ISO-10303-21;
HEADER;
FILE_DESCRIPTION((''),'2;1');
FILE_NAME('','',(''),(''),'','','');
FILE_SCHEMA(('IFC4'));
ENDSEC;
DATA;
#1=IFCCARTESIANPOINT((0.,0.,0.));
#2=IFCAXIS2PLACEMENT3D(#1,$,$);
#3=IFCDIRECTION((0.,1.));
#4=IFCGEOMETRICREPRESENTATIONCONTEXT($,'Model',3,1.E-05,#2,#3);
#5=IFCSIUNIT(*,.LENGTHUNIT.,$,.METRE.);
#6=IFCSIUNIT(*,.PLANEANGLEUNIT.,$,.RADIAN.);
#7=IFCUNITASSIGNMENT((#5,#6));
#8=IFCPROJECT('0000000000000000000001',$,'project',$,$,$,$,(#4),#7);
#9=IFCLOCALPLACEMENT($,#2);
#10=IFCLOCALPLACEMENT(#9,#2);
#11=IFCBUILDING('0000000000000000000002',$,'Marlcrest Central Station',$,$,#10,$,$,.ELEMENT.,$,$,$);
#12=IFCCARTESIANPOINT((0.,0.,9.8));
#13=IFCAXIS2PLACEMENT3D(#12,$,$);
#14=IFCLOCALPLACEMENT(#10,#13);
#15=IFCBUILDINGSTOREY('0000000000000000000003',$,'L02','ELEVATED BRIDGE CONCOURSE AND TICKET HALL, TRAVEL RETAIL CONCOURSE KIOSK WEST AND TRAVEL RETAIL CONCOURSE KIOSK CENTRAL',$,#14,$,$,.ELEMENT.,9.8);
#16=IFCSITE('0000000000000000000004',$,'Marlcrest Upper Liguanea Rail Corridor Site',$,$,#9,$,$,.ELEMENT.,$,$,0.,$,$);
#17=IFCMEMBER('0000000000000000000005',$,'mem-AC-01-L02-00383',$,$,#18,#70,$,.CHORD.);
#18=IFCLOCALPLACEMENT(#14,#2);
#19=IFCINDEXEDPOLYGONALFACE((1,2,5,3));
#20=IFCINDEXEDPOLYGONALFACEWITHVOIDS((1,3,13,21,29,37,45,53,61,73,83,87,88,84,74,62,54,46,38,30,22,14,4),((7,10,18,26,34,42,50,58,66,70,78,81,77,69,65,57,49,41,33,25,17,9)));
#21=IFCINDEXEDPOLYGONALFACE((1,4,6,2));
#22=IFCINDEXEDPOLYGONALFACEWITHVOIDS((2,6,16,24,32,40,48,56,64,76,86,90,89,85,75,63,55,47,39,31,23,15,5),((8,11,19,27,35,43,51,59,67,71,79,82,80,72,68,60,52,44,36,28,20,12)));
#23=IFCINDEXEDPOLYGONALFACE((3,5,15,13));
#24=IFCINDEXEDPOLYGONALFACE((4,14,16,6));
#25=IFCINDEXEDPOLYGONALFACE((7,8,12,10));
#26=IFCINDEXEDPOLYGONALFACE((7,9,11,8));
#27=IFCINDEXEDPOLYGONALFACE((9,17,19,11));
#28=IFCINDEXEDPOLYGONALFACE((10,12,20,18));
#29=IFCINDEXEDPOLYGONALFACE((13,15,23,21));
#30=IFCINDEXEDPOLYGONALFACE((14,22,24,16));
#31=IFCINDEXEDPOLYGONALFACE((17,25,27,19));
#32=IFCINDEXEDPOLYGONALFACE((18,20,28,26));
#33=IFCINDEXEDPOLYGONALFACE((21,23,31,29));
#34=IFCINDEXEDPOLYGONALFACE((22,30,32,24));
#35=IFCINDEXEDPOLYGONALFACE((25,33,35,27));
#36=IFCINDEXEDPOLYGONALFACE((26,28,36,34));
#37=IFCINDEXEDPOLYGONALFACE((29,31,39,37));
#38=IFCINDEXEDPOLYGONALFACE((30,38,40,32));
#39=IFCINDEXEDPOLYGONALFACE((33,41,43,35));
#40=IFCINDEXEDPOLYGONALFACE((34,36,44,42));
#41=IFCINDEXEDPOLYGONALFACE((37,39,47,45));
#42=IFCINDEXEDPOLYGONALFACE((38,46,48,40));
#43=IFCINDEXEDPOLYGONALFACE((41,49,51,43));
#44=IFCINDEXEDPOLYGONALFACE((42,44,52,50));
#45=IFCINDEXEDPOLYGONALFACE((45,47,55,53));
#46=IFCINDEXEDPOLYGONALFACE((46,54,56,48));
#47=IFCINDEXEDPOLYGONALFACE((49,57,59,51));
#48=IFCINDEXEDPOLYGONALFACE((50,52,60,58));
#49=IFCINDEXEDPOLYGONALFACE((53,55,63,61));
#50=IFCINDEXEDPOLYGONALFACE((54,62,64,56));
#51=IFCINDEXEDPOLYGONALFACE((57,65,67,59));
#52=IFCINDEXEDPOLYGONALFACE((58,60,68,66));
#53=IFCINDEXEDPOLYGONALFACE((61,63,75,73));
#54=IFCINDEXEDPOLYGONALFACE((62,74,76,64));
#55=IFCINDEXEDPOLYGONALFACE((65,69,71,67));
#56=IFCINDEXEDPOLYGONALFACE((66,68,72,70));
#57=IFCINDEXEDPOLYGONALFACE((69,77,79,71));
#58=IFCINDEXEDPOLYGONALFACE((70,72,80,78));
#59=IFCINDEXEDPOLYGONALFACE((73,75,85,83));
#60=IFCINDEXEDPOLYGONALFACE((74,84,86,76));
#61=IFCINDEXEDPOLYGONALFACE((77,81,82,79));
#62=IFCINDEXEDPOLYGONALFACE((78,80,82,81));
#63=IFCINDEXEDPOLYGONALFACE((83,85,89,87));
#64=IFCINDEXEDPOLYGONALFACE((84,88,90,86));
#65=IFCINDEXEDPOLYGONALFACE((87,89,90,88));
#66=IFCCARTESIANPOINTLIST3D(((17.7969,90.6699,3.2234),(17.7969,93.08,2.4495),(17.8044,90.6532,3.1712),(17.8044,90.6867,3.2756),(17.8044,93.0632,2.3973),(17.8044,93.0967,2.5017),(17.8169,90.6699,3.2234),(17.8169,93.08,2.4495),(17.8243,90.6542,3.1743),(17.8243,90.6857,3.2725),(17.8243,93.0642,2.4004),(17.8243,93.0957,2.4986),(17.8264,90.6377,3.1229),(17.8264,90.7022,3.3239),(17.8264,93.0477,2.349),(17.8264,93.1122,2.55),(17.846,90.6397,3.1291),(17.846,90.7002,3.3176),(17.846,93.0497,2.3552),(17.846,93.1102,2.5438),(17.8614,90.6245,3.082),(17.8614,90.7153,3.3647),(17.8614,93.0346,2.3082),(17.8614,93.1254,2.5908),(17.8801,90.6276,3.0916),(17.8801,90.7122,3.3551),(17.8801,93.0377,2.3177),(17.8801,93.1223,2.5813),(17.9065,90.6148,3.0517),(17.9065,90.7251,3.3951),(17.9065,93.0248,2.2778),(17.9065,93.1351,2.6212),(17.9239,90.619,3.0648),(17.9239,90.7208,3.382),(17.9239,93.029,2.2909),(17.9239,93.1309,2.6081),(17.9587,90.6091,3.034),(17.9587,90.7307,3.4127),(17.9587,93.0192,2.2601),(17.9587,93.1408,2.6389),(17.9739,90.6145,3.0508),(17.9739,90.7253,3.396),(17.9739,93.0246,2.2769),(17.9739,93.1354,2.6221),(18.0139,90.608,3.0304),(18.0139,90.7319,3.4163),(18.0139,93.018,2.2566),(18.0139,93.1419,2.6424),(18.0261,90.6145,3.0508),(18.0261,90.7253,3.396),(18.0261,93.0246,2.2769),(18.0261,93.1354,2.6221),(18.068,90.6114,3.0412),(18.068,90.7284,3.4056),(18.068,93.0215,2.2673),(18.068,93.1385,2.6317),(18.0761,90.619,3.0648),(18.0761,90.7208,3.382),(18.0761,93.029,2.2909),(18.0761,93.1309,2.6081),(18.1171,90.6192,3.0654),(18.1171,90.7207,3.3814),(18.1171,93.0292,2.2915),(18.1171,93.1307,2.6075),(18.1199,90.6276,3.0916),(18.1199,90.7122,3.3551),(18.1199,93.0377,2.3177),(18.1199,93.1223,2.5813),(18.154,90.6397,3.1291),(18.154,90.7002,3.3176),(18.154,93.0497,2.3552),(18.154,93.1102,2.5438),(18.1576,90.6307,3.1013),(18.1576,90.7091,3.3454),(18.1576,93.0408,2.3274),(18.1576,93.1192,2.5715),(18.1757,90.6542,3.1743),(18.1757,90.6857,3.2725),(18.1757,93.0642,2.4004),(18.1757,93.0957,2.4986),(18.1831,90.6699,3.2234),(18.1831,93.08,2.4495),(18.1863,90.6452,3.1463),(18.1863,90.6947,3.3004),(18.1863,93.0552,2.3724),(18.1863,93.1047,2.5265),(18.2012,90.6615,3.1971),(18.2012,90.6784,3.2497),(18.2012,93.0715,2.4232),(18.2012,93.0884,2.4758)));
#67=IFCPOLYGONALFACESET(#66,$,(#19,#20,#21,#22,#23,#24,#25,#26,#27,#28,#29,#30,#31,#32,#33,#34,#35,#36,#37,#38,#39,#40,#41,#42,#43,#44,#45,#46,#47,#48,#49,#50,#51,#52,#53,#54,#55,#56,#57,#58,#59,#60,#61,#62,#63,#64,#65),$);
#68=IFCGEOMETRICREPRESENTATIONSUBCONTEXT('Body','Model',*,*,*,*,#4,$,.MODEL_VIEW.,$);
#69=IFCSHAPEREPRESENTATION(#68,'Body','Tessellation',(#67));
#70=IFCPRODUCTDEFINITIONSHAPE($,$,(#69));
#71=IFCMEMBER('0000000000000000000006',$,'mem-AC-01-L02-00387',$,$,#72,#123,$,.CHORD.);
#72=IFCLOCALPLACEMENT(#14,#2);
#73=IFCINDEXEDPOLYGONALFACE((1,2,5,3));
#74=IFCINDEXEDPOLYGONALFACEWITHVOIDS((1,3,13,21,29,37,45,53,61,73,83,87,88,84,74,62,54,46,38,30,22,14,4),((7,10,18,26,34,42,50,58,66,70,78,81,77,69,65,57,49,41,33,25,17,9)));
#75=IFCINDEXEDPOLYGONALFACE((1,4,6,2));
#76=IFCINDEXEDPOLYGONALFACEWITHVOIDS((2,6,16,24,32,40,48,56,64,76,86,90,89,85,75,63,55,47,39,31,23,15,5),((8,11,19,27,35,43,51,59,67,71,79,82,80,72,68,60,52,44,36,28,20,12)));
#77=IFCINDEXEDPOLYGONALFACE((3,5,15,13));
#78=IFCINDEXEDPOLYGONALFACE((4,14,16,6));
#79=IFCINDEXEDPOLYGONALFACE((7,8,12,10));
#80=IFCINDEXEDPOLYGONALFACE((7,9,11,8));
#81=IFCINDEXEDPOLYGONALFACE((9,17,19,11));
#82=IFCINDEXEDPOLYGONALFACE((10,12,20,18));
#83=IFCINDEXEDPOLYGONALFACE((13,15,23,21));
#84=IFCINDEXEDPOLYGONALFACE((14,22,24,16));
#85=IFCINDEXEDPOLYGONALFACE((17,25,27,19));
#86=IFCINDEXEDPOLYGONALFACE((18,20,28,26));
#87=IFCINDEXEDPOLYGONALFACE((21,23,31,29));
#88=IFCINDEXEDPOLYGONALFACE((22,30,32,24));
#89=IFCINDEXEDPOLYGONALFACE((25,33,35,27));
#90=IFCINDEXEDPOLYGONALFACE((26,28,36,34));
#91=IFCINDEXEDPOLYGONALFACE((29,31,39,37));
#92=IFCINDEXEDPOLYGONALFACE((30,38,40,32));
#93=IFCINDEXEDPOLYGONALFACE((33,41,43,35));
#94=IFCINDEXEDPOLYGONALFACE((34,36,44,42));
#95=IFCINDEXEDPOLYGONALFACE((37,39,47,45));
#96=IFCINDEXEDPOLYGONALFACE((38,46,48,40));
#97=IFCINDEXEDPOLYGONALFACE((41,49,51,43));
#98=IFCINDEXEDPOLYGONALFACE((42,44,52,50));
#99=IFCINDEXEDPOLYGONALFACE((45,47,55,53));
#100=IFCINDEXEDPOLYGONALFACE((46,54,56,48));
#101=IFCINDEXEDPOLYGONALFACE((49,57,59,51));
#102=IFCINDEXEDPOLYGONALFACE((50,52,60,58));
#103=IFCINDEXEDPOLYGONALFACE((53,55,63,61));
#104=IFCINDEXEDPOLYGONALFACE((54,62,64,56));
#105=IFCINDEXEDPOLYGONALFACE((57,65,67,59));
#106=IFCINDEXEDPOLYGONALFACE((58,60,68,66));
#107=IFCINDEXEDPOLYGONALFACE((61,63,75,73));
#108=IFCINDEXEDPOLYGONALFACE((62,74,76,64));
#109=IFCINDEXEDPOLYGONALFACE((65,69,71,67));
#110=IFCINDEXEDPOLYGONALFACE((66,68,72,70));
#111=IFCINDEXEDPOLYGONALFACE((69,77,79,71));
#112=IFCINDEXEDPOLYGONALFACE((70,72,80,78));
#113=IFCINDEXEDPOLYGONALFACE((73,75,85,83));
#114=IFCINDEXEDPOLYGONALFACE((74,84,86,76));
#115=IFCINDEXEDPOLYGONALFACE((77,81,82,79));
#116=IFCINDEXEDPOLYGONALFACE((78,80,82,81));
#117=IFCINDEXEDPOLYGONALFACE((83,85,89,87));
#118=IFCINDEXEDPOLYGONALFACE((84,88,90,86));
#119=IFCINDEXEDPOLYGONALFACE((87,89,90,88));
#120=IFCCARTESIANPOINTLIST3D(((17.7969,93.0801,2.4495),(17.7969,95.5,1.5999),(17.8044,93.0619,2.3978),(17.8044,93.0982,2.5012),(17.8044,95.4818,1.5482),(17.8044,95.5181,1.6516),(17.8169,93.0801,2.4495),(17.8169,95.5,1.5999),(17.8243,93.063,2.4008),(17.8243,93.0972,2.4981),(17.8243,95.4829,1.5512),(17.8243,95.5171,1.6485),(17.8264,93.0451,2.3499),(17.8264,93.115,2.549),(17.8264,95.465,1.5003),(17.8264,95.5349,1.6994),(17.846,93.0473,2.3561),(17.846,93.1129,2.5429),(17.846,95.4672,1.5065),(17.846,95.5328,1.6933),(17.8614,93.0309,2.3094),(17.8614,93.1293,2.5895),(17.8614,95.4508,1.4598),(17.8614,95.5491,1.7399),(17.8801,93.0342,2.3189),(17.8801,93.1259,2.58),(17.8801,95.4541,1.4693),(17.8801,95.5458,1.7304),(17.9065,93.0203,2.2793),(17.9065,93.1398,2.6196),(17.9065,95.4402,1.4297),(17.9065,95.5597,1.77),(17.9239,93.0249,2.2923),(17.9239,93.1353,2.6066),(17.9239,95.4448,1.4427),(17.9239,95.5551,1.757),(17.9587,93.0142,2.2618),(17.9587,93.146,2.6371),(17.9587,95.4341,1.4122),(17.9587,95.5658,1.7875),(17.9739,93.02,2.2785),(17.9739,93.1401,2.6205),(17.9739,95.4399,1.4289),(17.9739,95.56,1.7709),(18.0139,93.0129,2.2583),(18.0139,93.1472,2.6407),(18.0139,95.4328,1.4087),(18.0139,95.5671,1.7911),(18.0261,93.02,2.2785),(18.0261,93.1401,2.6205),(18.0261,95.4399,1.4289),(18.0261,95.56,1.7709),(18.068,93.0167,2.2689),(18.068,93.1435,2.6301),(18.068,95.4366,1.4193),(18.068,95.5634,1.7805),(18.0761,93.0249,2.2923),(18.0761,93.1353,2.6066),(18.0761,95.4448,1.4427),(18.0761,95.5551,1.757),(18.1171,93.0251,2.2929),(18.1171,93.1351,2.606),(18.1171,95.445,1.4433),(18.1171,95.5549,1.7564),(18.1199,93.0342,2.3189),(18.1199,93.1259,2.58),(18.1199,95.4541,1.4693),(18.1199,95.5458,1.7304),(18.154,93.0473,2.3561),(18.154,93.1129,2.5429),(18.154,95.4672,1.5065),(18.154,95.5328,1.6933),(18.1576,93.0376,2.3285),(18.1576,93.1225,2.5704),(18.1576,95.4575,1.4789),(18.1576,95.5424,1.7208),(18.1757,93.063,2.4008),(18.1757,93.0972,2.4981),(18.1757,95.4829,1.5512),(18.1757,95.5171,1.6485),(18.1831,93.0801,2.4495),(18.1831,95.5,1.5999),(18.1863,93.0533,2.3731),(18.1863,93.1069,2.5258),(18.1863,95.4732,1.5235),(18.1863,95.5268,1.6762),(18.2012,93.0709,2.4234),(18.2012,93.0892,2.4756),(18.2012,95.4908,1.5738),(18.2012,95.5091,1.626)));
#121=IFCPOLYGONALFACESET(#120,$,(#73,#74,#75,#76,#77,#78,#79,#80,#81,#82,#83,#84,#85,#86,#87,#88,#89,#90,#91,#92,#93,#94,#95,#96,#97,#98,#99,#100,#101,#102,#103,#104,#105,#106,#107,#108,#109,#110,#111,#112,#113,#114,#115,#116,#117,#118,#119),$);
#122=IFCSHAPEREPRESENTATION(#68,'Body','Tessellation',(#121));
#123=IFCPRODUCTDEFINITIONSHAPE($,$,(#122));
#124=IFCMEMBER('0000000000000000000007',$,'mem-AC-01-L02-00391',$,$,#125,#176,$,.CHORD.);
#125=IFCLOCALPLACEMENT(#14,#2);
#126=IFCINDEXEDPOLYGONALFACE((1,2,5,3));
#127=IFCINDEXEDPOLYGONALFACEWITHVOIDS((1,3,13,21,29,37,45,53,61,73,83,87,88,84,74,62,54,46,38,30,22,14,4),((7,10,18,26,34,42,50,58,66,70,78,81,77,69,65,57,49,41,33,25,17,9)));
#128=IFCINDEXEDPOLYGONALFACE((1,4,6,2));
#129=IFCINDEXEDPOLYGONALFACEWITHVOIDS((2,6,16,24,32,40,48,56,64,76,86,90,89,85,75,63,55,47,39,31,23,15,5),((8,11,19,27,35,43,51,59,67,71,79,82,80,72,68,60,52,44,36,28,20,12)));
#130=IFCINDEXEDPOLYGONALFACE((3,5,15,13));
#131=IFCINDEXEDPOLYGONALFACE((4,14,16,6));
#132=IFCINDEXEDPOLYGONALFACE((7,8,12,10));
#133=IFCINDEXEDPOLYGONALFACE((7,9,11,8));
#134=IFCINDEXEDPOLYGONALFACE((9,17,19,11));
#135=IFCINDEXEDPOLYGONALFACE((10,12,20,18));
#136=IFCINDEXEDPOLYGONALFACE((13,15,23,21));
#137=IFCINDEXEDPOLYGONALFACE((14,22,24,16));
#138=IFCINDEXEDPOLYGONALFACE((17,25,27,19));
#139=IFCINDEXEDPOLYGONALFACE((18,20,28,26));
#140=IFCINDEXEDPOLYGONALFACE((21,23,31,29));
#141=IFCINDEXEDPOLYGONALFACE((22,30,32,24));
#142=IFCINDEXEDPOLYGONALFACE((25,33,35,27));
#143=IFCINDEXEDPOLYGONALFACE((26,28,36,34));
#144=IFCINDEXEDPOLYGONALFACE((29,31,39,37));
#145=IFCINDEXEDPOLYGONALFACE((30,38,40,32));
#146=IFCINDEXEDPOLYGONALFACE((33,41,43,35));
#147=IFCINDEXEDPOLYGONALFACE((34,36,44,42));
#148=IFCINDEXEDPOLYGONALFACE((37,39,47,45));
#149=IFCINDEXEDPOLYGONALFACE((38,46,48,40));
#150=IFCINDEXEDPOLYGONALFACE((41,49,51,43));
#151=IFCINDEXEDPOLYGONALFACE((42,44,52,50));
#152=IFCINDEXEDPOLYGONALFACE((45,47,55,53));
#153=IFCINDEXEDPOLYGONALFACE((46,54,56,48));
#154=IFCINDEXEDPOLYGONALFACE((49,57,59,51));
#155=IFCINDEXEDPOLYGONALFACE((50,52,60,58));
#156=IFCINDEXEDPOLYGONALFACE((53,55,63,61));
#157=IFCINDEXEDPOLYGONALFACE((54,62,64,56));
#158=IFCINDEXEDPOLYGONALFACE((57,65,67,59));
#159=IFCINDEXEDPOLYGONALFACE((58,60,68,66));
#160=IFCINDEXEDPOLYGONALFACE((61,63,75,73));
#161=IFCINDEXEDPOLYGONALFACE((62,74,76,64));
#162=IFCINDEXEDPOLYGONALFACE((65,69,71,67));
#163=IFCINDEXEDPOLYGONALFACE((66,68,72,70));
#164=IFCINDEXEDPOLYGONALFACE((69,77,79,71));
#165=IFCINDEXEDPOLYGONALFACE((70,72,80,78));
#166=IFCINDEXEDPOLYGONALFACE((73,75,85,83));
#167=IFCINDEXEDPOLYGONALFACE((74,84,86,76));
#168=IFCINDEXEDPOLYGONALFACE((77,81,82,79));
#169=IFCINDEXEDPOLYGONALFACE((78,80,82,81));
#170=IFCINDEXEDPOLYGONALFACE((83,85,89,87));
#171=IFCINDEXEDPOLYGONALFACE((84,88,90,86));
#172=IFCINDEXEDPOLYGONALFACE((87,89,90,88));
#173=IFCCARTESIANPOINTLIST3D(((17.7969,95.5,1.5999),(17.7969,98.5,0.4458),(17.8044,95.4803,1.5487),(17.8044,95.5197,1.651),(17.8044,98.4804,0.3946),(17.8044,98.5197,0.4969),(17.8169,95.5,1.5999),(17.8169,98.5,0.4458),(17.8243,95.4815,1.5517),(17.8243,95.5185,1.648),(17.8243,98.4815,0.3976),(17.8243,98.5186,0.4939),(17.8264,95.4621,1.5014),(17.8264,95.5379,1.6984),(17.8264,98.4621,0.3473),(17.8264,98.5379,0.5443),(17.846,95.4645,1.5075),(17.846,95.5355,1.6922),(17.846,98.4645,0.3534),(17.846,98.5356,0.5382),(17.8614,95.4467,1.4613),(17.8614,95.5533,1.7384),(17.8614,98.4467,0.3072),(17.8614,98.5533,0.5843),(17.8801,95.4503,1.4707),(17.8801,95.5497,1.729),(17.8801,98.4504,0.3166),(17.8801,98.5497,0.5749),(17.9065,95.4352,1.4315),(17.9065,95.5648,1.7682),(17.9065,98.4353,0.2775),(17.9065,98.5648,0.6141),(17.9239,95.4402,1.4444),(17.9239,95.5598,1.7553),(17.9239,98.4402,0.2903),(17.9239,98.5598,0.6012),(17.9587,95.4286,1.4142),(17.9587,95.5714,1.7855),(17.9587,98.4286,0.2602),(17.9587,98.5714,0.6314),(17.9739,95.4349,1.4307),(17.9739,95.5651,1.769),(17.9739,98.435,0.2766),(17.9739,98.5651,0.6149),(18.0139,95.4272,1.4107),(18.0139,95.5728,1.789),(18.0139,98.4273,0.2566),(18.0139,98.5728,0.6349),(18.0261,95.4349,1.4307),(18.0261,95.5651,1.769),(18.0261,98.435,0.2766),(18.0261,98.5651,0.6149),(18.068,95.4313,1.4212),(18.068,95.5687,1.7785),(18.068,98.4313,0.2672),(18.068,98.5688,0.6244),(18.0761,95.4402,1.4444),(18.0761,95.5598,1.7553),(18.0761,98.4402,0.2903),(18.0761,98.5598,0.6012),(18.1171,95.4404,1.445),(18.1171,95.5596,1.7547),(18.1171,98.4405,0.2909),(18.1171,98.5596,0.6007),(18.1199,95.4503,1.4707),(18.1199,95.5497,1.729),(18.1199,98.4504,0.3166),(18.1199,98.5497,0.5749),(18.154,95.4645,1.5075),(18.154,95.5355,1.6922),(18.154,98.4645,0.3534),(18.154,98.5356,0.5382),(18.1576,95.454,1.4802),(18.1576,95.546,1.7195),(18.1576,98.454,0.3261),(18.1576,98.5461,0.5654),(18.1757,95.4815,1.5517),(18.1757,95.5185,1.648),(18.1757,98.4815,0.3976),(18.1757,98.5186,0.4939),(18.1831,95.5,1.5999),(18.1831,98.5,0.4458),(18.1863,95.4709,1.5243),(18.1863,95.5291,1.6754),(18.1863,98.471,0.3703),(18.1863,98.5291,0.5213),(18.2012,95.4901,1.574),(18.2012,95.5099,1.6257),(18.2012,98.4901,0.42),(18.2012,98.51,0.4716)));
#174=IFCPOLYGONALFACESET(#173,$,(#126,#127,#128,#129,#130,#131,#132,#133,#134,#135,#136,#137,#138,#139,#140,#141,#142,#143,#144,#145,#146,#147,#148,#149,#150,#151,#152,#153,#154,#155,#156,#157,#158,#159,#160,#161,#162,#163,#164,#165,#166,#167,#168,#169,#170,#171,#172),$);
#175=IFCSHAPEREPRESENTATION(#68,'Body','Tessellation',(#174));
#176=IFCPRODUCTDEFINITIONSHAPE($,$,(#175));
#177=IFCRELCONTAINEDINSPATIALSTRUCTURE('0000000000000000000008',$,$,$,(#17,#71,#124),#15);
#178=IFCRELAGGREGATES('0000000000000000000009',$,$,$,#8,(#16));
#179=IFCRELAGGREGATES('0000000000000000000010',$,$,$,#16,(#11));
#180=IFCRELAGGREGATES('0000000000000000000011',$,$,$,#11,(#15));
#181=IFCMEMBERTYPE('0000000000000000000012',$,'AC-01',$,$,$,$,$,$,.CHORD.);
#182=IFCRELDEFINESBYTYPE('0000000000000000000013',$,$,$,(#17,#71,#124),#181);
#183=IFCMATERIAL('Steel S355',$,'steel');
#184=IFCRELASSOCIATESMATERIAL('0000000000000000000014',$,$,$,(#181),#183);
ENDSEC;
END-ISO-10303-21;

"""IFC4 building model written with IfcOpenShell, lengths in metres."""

from ifc_helpers import new_model, si_unit, direction, frame, origin, origin_2d, place, context, subcontext, project, spatial, hollow_circle, extrude, material, material_profile, profile_set, type_object, element, save


model = new_model("IFC4")

# Units and contexts
model_context = context("Model", 3, precision=1e-05, world=origin(), true_north=direction((0.0, 1.0)))
body_context = subcontext(model_context, "Body", "Model", "MODEL_VIEW")
ifc_project = project(units=[si_unit("LENGTHUNIT", "METRE"), si_unit("PLANEANGLEUNIT", "RADIAN")], contexts=[model_context])

# Site, building, storey
site_placement = place(None, origin())
site = spatial("IfcSite", under=ifc_project, at=site_placement, Name="Marlcrest Upper Liguanea Rail Corridor Site", CompositionType="ELEMENT", RefElevation=0.0)
building_placement = place(site_placement, origin())
building = spatial("IfcBuilding", under=site, at=building_placement, Name="Marlcrest Central Station", CompositionType="ELEMENT")
storey_placement = place(building_placement, frame((0.0, 0.0, 9.8)))
storey = spatial("IfcBuildingStorey", under=building, at=storey_placement, Name="L02", Description="ELEVATED BRIDGE CONCOURSE AND TICKET HALL, TRAVEL RETAIL CONCOURSE KIOSK WEST AND TRAVEL RETAIL CONCOURSE KIOSK CENTRAL", CompositionType="ELEMENT", Elevation=9.8)

# Members
ifc_material_1 = material(Name="Steel S355", Category="steel")
ifc_material_profile_1 = material_profile(ifc_material_1, hollow_circle(Radius=0.2031, WallThickness=0.02, at=origin_2d()), Name="CHS 406.4x20")
ifc_profile_set_1 = profile_set([ifc_material_profile_1], Name="Steel S355")
member_type_1 = type_object("IfcMemberType", Name="AC-01", PredefinedType="CHORD", material=ifc_profile_set_1)
member_1_placement = place(storey_placement, frame((18.0, 90.6699, 3.2234), z_axis=(0.0, 0.952117, -0.305734), x_axis=(-1.0, 0.0, 0.0)))
element("IfcMember", 1, at=member_1_placement, inside=storey, type_object=member_type_1, Name="mem-AC-01-L02-00383", PredefinedType="CHORD", context=body_context, shape_type="SweptSolid", body=[
    extrude(hollow_circle(Radius=0.2031, WallThickness=0.02, at=origin_2d()), origin(), (0.0, 0.0, 1.0), 2.5312),
])
member_2_placement = place(storey_placement, frame((18.0, 93.0801, 2.4495), z_axis=(0.0, 0.943537, -0.331266), x_axis=(-1.0, 0.0, 0.0)))
element("IfcMember", 2, at=member_2_placement, inside=storey, type_object=member_type_1, Name="mem-AC-01-L02-00387", PredefinedType="CHORD", context=body_context, shape_type="SweptSolid", body=[
    extrude(hollow_circle(Radius=0.2031, WallThickness=0.02, at=origin_2d()), origin(), (0.0, 0.0, 1.0), 2.5647),
])
member_3_placement = place(storey_placement, frame((18.0, 95.5, 1.5999), z_axis=(0.0, 0.933324, -0.359035), x_axis=(-1.0, 0.0, 0.0)))
element("IfcMember", 3, at=member_3_placement, inside=storey, type_object=member_type_1, Name="mem-AC-01-L02-00391", PredefinedType="CHORD", context=body_context, shape_type="SweptSolid", body=[
    extrude(hollow_circle(Radius=0.2031, WallThickness=0.02, at=origin_2d()), origin(), (0.0, 0.0, 1.0), 3.2144),
])

save(model, "model.ifc")
